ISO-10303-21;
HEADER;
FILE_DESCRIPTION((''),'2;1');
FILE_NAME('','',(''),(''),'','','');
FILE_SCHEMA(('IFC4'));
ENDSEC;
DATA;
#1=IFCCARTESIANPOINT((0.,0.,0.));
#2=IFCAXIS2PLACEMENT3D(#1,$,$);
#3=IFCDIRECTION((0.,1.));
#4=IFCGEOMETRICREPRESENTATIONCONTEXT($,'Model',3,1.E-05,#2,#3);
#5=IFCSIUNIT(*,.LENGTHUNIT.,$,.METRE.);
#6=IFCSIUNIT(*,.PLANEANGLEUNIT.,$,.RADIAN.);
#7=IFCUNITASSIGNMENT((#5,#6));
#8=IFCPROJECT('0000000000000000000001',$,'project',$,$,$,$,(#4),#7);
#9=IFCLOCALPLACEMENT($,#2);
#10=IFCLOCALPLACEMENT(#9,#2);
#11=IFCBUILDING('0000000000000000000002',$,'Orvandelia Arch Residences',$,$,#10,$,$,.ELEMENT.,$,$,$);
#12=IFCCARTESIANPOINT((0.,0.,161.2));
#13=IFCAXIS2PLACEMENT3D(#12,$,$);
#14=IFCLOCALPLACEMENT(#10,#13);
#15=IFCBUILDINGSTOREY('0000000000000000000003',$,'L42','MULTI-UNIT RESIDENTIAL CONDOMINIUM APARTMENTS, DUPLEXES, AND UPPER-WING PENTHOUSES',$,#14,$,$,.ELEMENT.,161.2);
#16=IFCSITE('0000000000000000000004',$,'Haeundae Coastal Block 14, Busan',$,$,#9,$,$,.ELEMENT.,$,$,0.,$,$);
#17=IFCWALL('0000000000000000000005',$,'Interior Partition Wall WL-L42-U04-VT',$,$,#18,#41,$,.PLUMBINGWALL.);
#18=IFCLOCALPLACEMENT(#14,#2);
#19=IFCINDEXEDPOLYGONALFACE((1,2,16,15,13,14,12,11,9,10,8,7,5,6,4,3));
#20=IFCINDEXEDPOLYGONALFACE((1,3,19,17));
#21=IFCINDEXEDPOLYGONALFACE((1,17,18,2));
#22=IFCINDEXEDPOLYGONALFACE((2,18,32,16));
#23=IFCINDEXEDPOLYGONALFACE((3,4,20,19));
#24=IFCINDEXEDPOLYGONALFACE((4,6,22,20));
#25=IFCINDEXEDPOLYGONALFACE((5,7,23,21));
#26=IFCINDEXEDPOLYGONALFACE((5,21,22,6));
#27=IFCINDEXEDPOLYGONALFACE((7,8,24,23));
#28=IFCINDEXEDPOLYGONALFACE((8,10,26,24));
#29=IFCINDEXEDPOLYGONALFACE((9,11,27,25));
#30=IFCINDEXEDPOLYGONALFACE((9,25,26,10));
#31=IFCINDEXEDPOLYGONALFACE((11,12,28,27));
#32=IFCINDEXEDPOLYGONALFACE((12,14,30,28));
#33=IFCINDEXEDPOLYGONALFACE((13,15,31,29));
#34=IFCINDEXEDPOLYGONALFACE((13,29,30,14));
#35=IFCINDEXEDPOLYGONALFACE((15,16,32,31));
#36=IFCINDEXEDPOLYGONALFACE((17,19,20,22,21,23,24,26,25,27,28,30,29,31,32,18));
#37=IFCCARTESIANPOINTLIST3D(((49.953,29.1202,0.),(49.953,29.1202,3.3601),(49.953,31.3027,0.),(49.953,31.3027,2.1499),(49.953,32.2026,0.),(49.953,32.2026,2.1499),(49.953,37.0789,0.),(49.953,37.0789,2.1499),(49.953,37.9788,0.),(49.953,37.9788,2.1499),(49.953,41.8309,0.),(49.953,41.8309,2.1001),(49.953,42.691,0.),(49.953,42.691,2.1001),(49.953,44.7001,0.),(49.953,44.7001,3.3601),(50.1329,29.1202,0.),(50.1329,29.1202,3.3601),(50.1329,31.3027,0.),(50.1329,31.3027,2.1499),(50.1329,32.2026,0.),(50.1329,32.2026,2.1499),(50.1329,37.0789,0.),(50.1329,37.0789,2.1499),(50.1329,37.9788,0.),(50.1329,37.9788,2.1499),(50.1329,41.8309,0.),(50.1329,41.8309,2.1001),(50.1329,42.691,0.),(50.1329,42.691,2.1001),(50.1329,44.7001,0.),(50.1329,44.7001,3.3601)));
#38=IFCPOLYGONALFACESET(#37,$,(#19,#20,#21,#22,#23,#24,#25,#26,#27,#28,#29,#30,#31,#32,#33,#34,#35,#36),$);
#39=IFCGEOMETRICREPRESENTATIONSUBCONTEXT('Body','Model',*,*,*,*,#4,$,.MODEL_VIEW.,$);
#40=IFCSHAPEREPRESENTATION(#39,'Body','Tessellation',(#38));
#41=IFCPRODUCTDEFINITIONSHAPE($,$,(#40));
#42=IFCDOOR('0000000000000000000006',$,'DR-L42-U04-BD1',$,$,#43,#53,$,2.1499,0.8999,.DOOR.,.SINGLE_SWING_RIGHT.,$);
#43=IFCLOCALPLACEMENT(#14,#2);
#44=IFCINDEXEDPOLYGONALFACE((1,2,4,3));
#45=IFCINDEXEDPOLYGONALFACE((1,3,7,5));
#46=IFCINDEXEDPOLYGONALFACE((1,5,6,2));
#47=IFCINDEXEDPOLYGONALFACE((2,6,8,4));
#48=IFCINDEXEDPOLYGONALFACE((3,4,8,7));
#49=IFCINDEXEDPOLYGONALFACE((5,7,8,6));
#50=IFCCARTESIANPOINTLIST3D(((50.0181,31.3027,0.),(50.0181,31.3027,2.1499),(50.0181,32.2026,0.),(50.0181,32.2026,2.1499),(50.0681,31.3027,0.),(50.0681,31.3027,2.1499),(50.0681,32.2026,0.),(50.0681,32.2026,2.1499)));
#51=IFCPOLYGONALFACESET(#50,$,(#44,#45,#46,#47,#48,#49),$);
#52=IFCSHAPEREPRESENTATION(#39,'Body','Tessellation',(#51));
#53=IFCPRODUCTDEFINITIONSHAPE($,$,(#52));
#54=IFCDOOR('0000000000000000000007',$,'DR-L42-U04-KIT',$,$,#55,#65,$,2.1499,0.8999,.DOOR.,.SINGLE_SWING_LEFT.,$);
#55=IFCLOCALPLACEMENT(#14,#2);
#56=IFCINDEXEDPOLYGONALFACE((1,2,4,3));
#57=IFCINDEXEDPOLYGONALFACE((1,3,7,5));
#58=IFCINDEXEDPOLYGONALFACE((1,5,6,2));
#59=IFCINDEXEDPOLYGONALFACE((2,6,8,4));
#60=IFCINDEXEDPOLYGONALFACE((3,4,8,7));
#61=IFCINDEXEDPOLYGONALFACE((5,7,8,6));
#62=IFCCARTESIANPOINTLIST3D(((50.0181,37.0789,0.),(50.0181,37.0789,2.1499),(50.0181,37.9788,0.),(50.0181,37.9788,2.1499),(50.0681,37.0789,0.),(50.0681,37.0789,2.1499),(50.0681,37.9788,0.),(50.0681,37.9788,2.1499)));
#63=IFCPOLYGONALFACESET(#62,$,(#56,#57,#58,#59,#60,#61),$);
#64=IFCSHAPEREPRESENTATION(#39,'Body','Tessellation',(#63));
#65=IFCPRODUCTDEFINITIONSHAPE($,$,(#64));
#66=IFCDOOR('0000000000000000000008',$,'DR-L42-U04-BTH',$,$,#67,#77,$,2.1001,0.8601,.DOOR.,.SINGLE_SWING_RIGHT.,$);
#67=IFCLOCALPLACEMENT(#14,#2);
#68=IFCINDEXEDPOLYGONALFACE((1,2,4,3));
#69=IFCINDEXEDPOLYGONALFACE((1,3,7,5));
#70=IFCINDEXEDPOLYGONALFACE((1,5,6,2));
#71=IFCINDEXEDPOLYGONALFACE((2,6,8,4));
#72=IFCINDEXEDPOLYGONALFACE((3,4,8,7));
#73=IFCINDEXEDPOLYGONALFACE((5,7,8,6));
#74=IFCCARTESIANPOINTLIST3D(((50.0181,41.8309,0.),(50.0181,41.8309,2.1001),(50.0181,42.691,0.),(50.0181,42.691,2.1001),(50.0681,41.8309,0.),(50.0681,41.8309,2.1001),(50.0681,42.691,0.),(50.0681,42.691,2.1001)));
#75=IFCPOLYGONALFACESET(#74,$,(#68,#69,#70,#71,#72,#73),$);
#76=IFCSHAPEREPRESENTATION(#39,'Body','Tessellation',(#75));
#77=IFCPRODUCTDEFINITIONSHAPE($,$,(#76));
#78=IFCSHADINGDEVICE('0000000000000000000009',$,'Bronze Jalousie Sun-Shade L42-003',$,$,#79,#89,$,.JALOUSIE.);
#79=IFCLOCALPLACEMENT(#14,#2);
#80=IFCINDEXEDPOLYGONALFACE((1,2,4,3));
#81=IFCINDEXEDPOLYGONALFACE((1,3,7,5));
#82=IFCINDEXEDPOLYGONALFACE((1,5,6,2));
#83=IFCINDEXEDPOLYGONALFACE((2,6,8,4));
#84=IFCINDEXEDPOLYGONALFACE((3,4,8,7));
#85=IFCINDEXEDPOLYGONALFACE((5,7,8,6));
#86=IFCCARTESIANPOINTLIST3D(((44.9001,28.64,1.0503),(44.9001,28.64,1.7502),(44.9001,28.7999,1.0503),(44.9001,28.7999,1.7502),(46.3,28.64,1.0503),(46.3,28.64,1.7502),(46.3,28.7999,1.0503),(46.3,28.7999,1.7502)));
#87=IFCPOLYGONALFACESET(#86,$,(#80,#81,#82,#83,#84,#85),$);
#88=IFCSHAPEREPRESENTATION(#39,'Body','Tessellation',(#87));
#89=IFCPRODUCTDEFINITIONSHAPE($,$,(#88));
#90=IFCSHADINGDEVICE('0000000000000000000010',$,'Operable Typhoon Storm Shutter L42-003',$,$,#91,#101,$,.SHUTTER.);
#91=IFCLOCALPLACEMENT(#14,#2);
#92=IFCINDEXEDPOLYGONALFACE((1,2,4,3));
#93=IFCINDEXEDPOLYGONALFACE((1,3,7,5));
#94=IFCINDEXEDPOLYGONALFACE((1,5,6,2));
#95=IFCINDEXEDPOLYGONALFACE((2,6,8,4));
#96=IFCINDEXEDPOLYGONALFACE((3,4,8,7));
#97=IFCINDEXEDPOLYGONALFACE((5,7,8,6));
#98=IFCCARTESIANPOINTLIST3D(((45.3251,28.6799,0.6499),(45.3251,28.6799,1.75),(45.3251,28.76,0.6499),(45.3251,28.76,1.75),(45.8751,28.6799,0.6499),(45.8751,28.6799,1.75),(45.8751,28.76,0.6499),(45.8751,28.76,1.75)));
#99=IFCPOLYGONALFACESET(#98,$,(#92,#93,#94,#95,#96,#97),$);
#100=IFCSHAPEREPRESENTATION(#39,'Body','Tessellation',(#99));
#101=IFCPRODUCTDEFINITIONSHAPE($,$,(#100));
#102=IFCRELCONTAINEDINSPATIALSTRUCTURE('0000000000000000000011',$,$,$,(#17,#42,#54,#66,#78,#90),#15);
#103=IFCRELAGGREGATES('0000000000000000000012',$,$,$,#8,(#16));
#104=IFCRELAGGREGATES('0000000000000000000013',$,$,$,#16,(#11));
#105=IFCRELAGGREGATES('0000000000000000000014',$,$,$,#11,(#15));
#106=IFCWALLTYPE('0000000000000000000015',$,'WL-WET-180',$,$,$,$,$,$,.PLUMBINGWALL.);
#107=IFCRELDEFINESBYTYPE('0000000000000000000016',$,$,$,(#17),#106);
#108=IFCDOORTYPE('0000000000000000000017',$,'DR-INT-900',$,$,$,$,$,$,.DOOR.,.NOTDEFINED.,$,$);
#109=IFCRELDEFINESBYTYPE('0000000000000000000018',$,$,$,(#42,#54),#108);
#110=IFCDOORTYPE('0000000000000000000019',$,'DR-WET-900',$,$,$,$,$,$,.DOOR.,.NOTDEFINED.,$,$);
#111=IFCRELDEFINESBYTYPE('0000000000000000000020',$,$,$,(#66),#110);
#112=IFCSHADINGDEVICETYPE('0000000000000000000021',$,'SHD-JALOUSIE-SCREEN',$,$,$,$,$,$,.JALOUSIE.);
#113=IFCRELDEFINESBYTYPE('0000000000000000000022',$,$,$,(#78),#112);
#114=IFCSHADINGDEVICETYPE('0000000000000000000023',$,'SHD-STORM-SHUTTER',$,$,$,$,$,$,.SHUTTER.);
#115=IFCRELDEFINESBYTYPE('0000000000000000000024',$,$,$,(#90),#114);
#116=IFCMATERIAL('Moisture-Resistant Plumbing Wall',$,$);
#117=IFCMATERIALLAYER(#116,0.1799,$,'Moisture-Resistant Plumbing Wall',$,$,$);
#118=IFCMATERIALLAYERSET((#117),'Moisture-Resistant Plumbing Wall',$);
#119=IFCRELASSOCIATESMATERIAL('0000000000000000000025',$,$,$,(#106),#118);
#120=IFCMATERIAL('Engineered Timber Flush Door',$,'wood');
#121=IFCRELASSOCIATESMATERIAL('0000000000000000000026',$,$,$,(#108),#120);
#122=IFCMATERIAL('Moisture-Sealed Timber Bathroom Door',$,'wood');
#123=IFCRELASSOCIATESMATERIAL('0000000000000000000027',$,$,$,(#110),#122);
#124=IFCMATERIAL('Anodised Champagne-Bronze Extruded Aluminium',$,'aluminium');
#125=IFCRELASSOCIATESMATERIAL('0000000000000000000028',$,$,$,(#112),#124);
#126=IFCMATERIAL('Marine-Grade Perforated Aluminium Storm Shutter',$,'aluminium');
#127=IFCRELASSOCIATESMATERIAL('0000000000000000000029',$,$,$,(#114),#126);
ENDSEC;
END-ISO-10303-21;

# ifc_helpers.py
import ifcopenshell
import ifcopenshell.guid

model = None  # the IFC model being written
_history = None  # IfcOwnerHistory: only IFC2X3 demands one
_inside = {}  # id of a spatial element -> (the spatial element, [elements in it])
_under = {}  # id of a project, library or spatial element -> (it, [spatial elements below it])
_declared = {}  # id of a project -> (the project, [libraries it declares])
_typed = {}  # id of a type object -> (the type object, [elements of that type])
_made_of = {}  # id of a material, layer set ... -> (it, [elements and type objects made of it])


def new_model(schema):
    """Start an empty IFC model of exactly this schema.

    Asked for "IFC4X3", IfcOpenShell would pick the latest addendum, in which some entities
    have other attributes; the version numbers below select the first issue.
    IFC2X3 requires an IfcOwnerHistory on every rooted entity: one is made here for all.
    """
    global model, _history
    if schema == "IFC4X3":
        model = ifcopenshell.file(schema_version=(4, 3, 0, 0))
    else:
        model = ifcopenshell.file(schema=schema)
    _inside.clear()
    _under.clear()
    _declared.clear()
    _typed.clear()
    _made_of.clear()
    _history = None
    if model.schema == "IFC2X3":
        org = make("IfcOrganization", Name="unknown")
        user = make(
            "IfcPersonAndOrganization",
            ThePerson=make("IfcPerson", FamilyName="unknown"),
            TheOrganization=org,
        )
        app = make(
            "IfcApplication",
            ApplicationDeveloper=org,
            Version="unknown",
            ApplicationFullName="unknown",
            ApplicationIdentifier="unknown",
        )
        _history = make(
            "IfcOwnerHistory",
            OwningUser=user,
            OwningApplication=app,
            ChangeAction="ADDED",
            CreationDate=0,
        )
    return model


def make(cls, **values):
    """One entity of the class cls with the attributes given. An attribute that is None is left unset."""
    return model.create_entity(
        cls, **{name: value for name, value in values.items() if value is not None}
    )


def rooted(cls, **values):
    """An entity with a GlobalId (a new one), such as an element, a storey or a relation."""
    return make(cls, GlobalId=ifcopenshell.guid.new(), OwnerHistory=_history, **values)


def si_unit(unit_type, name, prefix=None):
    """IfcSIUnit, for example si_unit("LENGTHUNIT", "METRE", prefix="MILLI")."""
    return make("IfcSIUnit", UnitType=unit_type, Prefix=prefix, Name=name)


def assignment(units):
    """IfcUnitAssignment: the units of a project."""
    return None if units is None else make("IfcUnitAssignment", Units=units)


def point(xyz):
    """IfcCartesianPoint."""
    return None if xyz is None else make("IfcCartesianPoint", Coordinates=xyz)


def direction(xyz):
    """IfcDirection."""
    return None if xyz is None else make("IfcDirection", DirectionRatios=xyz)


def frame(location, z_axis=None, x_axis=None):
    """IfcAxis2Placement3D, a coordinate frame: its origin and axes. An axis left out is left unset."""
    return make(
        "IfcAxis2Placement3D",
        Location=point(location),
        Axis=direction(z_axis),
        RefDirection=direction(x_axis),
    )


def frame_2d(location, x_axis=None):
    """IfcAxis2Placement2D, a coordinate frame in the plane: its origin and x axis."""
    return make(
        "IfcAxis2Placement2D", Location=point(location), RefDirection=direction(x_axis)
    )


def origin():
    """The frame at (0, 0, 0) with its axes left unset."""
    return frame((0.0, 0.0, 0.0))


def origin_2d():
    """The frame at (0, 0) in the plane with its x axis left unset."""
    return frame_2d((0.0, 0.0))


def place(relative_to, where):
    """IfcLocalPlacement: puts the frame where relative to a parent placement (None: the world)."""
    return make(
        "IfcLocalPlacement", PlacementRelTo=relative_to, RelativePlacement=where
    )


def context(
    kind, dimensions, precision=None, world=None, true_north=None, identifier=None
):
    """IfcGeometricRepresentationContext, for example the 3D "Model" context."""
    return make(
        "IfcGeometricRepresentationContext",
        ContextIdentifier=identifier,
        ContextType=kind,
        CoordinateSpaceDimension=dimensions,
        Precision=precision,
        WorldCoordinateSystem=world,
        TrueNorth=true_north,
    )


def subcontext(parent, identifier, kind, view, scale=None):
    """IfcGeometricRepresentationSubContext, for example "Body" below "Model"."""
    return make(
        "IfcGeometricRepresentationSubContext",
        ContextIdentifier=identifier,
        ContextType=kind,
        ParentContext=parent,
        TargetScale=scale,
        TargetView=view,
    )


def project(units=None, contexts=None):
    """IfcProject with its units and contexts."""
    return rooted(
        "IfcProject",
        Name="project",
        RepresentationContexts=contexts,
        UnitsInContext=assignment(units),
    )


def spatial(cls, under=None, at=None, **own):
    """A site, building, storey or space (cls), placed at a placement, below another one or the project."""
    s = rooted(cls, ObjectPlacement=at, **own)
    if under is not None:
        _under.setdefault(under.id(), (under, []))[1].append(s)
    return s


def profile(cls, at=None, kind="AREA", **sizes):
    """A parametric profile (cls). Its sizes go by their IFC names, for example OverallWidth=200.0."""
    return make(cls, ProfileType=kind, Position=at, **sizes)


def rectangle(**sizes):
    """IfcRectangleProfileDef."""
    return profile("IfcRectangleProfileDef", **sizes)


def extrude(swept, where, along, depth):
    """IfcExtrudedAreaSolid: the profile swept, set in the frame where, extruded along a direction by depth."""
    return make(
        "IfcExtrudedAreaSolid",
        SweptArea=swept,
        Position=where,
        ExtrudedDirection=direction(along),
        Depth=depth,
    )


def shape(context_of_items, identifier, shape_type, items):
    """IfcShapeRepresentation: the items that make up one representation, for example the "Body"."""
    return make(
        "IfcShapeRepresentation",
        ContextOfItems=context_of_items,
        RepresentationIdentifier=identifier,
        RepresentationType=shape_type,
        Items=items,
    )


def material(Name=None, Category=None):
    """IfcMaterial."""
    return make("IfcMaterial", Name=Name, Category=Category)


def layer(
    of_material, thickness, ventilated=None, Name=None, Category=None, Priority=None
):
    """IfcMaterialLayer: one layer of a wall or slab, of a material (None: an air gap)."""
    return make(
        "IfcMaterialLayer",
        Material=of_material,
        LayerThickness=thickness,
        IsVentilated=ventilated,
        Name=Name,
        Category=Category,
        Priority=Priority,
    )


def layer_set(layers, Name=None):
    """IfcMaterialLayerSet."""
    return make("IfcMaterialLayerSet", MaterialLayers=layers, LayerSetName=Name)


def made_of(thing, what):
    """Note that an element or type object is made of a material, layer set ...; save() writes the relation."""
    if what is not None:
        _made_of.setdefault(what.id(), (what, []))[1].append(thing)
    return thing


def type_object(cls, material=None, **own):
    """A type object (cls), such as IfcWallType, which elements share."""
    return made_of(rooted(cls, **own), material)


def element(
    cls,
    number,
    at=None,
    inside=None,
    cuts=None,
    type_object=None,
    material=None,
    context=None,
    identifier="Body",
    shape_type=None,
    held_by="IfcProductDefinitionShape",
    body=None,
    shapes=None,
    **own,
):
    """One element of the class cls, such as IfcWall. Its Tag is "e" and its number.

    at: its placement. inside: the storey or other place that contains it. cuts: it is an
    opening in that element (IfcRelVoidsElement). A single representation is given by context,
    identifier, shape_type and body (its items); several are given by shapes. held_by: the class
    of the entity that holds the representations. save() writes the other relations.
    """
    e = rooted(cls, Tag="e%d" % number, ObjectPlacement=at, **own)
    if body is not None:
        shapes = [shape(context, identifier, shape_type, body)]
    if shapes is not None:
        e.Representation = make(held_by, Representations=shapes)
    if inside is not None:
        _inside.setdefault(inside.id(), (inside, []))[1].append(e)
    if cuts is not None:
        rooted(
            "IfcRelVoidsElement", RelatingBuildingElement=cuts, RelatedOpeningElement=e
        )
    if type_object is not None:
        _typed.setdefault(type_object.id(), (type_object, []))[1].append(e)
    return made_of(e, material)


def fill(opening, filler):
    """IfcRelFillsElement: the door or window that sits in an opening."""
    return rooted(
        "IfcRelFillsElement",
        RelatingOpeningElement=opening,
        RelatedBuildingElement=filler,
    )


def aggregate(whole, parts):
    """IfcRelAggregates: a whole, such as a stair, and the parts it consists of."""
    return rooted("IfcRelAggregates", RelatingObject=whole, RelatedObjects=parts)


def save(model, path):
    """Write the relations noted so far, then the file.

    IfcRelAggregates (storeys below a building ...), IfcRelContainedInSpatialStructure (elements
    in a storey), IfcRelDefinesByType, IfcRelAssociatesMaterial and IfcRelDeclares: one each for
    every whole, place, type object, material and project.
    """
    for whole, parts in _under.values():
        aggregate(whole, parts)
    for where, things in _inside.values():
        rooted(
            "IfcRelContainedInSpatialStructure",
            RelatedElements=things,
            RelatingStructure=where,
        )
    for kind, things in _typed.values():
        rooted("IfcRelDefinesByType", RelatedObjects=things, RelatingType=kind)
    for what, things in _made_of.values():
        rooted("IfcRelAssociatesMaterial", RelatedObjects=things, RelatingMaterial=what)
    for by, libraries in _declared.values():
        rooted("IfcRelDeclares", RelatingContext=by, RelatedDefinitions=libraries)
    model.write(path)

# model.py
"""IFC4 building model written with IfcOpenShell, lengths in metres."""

from ifc_helpers import new_model, si_unit, direction, frame, frame_2d, origin, origin_2d, place, context, subcontext, project, spatial, rectangle, extrude, material, layer, layer_set, type_object, element, fill, save


model = new_model("IFC4")

# Units and contexts
model_context = context("Model", 3, precision=1e-05, world=origin(), true_north=direction((0.0, 1.0)))
body_context = subcontext(model_context, "Body", "Model", "MODEL_VIEW")
ifc_project = project(units=[si_unit("LENGTHUNIT", "METRE"), si_unit("PLANEANGLEUNIT", "RADIAN")], contexts=[model_context])

# Site, building, storey
site_placement = place(None, origin())
site = spatial("IfcSite", under=ifc_project, at=site_placement, Name="Haeundae Coastal Block 14, Busan", CompositionType="ELEMENT", RefElevation=0.0)
building_placement = place(site_placement, origin())
building = spatial("IfcBuilding", under=site, at=building_placement, Name="Orvandelia Arch Residences", CompositionType="ELEMENT")
storey_placement = place(building_placement, frame((0.0, 0.0, 161.2)))
storey = spatial("IfcBuildingStorey", under=building, at=storey_placement, Name="L42", Description="MULTI-UNIT RESIDENTIAL CONDOMINIUM APARTMENTS, DUPLEXES, AND UPPER-WING PENTHOUSES", CompositionType="ELEMENT", Elevation=161.2)

# Wall, openings, doors
ifc_material_1 = material(Name="Moisture-Resistant Plumbing Wall")
ifc_layer_1 = layer(ifc_material_1, 0.1799, Name="Moisture-Resistant Plumbing Wall")
ifc_layer_set_1 = layer_set([ifc_layer_1], Name="Moisture-Resistant Plumbing Wall")
wall_type_1 = type_object("IfcWallType", Name="WL-WET-180", PredefinedType="PLUMBINGWALL", material=ifc_layer_set_1)
wall_1_placement = place(storey_placement, frame((50.043, 29.1201, 0.0), z_axis=(0.0, 0.0, 1.0), x_axis=(0.0, 1.0, 0.0)))
wall_1 = element("IfcWall", 1, at=wall_1_placement, inside=storey, type_object=wall_type_1, Name="Interior Partition Wall WL-L42-U04-VT", PredefinedType="PLUMBINGWALL", context=body_context, shape_type="SweptSolid", body=[
    extrude(rectangle(XDim=15.5798, YDim=0.1799, at=frame_2d((7.79, 0.0))), origin(), (0.0, 0.0, 1.0), 3.3601),
])
opening_1_placement = place(wall_1_placement, frame((2.1826, 0.0, 0.0)))
opening_1 = element("IfcOpeningElement", 2, at=opening_1_placement, cuts=wall_1, PredefinedType="OPENING", context=body_context, shape_type="SweptSolid", body=[
    extrude(rectangle(XDim=0.8999, YDim=2.1499, at=frame_2d((0.45, 1.075))), frame((0.0, 0.1001, 0.0), z_axis=(0.0, -1.0, 0.0), x_axis=(1.0, 0.0, 0.0)), (0.0, 0.0, 1.0), 0.2),
])
opening_2_placement = place(wall_1_placement, frame((7.9587, 0.0, 0.0)))
opening_2 = element("IfcOpeningElement", 3, at=opening_2_placement, cuts=wall_1, PredefinedType="OPENING", context=body_context, shape_type="SweptSolid", body=[
    extrude(rectangle(XDim=0.8999, YDim=2.1499, at=frame_2d((0.45, 1.075))), frame((0.0, 0.1001, 0.0), z_axis=(0.0, -1.0, 0.0), x_axis=(1.0, 0.0, 0.0)), (0.0, 0.0, 1.0), 0.2),
])
opening_3_placement = place(wall_1_placement, frame((12.7107, 0.0, 0.0)))
opening_3 = element("IfcOpeningElement", 4, at=opening_3_placement, cuts=wall_1, PredefinedType="OPENING", context=body_context, shape_type="SweptSolid", body=[
    extrude(rectangle(XDim=0.8601, YDim=2.1001, at=frame_2d((0.4302, 1.05))), frame((0.0, 0.1001, 0.0), z_axis=(0.0, -1.0, 0.0), x_axis=(1.0, 0.0, 0.0)), (0.0, 0.0, 1.0), 0.2),
])
ifc_material_2 = material(Name="Engineered Timber Flush Door", Category="wood")
door_type_1 = type_object("IfcDoorType", Name="DR-INT-900", OperationType="NOTDEFINED", PredefinedType="DOOR", material=ifc_material_2)
door_1_placement = place(opening_1_placement, origin())
door_1 = element("IfcDoor", 5, at=door_1_placement, inside=storey, type_object=door_type_1, Name="DR-L42-U04-BD1", OperationType="SINGLE_SWING_RIGHT", OverallHeight=2.1499, OverallWidth=0.8999, PredefinedType="DOOR", context=body_context, shape_type="SweptSolid", body=[
    extrude(rectangle(XDim=0.8999, YDim=2.1499, at=frame_2d((0.45, 1.075))), frame((0.0, 0.0249, 0.0), z_axis=(0.0, -1.0, 0.0), x_axis=(1.0, 0.0, 0.0)), (0.0, 0.0, 1.0), 0.05),
])
fill(opening_1, door_1)
door_2_placement = place(opening_2_placement, origin())
door_2 = element("IfcDoor", 6, at=door_2_placement, inside=storey, type_object=door_type_1, Name="DR-L42-U04-KIT", OperationType="SINGLE_SWING_LEFT", OverallHeight=2.1499, OverallWidth=0.8999, PredefinedType="DOOR", context=body_context, shape_type="SweptSolid", body=[
    extrude(rectangle(XDim=0.8999, YDim=2.1499, at=frame_2d((0.45, 1.075))), frame((0.0, 0.0249, 0.0), z_axis=(0.0, -1.0, 0.0), x_axis=(1.0, 0.0, 0.0)), (0.0, 0.0, 1.0), 0.05),
])
fill(opening_2, door_2)
ifc_material_3 = material(Name="Moisture-Sealed Timber Bathroom Door", Category="wood")
door_type_2 = type_object("IfcDoorType", Name="DR-WET-900", OperationType="NOTDEFINED", PredefinedType="DOOR", material=ifc_material_3)
door_3_placement = place(opening_3_placement, origin())
door_3 = element("IfcDoor", 7, at=door_3_placement, inside=storey, type_object=door_type_2, Name="DR-L42-U04-BTH", OperationType="SINGLE_SWING_RIGHT", OverallHeight=2.1001, OverallWidth=0.8601, PredefinedType="DOOR", context=body_context, shape_type="SweptSolid", body=[
    extrude(rectangle(XDim=0.8601, YDim=2.1001, at=frame_2d((0.4302, 1.05))), frame((0.0, 0.0249, 0.0), z_axis=(0.0, -1.0, 0.0), x_axis=(1.0, 0.0, 0.0)), (0.0, 0.0, 1.0), 0.05),
])
fill(opening_3, door_3)

# Shading devices
ifc_material_4 = material(Name="Anodised Champagne-Bronze Extruded Aluminium", Category="aluminium")
shading_device_type_1 = type_object("IfcShadingDeviceType", Name="SHD-JALOUSIE-SCREEN", PredefinedType="JALOUSIE", material=ifc_material_4)
shading_device_1_placement = place(storey_placement, frame((45.6001, 28.72, 1.0503), z_axis=(0.0, 0.0, 1.0), x_axis=(-1.0, 0.0, 0.0)))
element("IfcShadingDevice", 8, at=shading_device_1_placement, inside=storey, type_object=shading_device_type_1, Name="Bronze Jalousie Sun-Shade L42-003", PredefinedType="JALOUSIE", context=body_context, shape_type="SweptSolid", body=[
    extrude(rectangle(XDim=1.3999, YDim=0.1599, at=origin_2d()), origin(), (0.0, 0.0, 1.0), 0.7),
])
ifc_material_5 = material(Name="Marine-Grade Perforated Aluminium Storm Shutter", Category="aluminium")
shading_device_type_2 = type_object("IfcShadingDeviceType", Name="SHD-STORM-SHUTTER", PredefinedType="SHUTTER", material=ifc_material_5)
shading_device_2_placement = place(storey_placement, frame((45.6001, 28.72, 0.6499), z_axis=(0.0, 0.0, 1.0), x_axis=(-1.0, 0.0, 0.0)))
element("IfcShadingDevice", 9, at=shading_device_2_placement, inside=storey, type_object=shading_device_type_2, Name="Operable Typhoon Storm Shutter L42-003", PredefinedType="SHUTTER", context=body_context, shape_type="SweptSolid", body=[
    extrude(rectangle(XDim=0.55, YDim=0.0801, at=origin_2d()), origin(), (0.0, 0.0, 1.0), 1.1001),
])

save(model, "model.ifc")
